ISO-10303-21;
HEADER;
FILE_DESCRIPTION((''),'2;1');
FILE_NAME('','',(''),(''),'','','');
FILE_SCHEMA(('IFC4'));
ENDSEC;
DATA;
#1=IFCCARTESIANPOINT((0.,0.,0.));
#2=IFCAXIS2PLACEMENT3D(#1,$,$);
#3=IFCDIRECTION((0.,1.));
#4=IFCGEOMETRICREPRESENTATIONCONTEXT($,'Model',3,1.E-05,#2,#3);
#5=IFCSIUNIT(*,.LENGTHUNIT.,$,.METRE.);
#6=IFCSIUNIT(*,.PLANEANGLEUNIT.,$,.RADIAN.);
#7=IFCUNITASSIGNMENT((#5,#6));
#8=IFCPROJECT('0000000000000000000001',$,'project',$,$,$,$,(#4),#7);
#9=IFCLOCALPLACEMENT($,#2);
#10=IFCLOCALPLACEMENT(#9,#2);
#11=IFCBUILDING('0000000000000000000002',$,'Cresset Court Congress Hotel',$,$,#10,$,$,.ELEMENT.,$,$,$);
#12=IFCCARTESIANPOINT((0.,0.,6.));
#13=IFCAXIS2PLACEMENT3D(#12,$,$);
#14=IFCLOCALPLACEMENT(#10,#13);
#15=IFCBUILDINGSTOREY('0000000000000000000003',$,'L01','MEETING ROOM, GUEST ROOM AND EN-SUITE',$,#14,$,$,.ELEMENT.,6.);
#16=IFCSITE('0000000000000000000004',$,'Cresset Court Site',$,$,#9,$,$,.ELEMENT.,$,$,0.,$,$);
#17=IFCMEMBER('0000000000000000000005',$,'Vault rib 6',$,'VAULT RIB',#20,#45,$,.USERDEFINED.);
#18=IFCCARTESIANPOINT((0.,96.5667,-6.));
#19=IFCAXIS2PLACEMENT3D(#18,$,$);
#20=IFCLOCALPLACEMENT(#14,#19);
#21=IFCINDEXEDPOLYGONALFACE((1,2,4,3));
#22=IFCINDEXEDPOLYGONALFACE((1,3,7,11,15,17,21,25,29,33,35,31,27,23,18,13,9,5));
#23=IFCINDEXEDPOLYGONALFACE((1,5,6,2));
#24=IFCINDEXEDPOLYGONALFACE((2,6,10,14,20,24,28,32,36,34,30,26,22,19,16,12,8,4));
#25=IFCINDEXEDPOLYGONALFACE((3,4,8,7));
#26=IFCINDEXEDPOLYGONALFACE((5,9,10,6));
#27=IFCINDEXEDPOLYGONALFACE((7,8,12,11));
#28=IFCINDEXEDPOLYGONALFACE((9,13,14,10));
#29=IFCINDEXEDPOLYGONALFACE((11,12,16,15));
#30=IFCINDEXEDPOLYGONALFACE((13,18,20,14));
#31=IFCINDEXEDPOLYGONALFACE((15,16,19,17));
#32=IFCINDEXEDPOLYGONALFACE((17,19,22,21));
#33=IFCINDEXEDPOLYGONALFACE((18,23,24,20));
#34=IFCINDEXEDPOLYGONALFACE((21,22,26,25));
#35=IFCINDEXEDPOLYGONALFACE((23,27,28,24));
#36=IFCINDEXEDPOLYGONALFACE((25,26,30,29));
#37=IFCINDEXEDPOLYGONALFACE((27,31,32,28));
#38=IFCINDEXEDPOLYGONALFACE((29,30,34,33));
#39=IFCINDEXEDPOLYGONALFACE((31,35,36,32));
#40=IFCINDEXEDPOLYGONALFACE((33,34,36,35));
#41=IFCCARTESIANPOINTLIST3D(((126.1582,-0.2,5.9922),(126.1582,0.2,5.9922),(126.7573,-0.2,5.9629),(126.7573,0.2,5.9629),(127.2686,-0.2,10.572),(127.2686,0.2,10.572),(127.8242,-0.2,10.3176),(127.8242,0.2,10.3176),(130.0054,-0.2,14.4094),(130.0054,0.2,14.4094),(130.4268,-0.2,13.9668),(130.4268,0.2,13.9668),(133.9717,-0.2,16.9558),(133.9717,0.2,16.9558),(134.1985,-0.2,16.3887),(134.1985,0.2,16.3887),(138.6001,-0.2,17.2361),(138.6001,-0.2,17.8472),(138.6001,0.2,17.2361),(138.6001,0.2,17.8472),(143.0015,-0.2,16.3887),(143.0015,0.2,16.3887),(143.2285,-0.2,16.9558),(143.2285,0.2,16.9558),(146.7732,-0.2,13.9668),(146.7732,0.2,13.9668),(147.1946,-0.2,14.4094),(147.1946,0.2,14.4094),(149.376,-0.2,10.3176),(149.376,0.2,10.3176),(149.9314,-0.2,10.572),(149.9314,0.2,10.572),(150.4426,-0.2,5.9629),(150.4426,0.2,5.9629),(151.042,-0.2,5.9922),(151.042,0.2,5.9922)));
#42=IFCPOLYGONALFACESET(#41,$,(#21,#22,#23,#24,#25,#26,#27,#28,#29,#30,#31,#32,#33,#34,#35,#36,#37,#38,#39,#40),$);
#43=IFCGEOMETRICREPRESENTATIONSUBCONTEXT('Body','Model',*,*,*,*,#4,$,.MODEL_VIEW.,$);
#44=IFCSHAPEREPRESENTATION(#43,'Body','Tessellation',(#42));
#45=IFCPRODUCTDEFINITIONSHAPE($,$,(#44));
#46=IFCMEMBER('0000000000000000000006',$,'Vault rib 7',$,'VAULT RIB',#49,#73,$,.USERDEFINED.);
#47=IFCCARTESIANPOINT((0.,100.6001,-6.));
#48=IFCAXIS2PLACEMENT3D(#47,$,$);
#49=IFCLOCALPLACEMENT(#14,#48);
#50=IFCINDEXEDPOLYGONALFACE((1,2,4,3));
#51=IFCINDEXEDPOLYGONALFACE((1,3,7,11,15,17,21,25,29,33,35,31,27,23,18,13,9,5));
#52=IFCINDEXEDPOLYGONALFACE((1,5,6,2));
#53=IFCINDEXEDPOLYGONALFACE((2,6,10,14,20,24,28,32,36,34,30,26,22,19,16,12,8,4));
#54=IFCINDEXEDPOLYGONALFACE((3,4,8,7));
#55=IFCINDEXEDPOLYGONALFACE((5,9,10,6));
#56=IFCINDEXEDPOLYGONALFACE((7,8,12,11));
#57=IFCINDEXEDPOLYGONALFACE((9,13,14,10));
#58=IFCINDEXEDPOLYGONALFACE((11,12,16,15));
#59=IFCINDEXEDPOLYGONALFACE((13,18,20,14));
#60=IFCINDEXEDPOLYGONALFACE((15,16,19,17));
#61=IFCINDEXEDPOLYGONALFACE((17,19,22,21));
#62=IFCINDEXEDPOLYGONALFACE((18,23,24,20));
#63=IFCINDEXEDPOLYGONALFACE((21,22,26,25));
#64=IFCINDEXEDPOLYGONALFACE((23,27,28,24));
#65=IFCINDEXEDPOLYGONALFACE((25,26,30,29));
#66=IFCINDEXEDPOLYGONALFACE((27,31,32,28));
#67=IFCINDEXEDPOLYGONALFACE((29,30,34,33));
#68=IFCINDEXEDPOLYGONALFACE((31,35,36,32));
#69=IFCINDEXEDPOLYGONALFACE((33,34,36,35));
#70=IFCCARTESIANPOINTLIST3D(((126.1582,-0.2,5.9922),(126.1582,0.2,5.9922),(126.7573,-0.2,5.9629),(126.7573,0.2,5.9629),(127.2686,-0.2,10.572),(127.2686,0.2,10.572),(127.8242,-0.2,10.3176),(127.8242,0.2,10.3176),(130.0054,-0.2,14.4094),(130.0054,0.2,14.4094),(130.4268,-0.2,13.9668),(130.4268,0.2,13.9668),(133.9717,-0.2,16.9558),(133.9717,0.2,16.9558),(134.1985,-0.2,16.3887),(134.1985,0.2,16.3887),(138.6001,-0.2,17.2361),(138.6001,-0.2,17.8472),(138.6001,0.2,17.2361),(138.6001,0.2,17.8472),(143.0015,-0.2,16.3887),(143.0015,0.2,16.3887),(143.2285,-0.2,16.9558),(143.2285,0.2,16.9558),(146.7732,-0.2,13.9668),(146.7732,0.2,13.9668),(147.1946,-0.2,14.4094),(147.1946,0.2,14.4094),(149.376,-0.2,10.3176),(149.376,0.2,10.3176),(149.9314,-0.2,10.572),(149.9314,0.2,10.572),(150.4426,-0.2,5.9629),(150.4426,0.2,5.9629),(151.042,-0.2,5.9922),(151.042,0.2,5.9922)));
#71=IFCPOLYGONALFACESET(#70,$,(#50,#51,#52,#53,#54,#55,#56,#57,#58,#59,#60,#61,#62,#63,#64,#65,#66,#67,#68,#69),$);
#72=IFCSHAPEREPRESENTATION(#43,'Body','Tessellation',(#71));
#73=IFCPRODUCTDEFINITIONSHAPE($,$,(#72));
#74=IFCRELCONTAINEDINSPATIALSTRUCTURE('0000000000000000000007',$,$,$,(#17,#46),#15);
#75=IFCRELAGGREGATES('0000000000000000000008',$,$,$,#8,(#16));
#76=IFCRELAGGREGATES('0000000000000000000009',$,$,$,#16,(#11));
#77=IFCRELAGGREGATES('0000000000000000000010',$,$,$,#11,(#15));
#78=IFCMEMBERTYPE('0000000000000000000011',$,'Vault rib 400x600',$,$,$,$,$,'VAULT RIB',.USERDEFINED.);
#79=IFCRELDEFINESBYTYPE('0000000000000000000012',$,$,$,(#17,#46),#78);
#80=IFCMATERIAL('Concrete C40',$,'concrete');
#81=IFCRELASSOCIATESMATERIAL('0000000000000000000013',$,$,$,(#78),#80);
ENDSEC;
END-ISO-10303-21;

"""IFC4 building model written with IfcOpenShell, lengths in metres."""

from ifc_helpers import new_model, si_unit, direction, frame, origin, origin_2d, place, context, subcontext, project, spatial, polyline, rectangle, outline, extrude, material, material_profile, profile_set, type_object, element, save


model = new_model("IFC4")

# Units and contexts
model_context = context("Model", 3, precision=1e-05, world=origin(), true_north=direction((0.0, 1.0)))
body_context = subcontext(model_context, "Body", "Model", "MODEL_VIEW")
ifc_project = project(units=[si_unit("LENGTHUNIT", "METRE"), si_unit("PLANEANGLEUNIT", "RADIAN")], contexts=[model_context])

# Site, building, storey
site_placement = place(None, origin())
site = spatial("IfcSite", under=ifc_project, at=site_placement, Name="Cresset Court Site", CompositionType="ELEMENT", RefElevation=0.0)
building_placement = place(site_placement, origin())
building = spatial("IfcBuilding", under=site, at=building_placement, Name="Cresset Court Congress Hotel", CompositionType="ELEMENT")
storey_placement = place(building_placement, frame((0.0, 0.0, 6.0)))
storey = spatial("IfcBuildingStorey", under=building, at=storey_placement, Name="L01", Description="MEETING ROOM, GUEST ROOM AND EN-SUITE", CompositionType="ELEMENT", Elevation=6.0)

# Members
ifc_material_1 = material(Name="Concrete C40", Category="concrete")
ifc_material_profile = material_profile(ifc_material_1, rectangle(XDim=0.3999, YDim=0.6001, at=origin_2d()), Name="RC400x600")
ifc_profile_set = profile_set([ifc_material_profile], Name="Concrete C40")
member_type = type_object("IfcMemberType", Name="Vault rib 400x600", ElementType="VAULT RIB", PredefinedType="USERDEFINED", material=ifc_profile_set)
for number, where, name in (
    (1, (0.0, 96.5667, -6.0), "Vault rib 6"),
    (2, (0.0, 100.6001, -6.0), "Vault rib 7"),
):
    element("IfcMember", number, at=place(storey_placement, frame(where)), inside=storey, type_object=member_type, Name=name, ObjectType="VAULT RIB", PredefinedType="USERDEFINED", context=body_context, shape_type="SweptSolid", body=[
        extrude(outline(polyline([(126.1582, 5.9922), (127.2686, 10.572), (130.0054, 14.4094), (133.9717, 16.9558), (138.6001, 17.8472), (143.2285, 16.9558), (147.1946, 14.4094), (149.9314, 10.572), (151.042, 5.9922), (150.4426, 5.9629), (149.376, 10.3176), (146.7732, 13.9668), (143.0015, 16.3887), (138.6001, 17.2361), (134.1985, 16.3887), (130.4268, 13.9668), (127.8242, 10.3176), (126.7573, 5.9629), (126.1582, 5.9922)])), frame((0.0, 0.2, 0.0), z_axis=(0.0, -1.0, 0.0), x_axis=(1.0, 0.0, 0.0)), (0.0, 0.0, 1.0), 0.3999),
    ])

save(model, "model.ifc")
